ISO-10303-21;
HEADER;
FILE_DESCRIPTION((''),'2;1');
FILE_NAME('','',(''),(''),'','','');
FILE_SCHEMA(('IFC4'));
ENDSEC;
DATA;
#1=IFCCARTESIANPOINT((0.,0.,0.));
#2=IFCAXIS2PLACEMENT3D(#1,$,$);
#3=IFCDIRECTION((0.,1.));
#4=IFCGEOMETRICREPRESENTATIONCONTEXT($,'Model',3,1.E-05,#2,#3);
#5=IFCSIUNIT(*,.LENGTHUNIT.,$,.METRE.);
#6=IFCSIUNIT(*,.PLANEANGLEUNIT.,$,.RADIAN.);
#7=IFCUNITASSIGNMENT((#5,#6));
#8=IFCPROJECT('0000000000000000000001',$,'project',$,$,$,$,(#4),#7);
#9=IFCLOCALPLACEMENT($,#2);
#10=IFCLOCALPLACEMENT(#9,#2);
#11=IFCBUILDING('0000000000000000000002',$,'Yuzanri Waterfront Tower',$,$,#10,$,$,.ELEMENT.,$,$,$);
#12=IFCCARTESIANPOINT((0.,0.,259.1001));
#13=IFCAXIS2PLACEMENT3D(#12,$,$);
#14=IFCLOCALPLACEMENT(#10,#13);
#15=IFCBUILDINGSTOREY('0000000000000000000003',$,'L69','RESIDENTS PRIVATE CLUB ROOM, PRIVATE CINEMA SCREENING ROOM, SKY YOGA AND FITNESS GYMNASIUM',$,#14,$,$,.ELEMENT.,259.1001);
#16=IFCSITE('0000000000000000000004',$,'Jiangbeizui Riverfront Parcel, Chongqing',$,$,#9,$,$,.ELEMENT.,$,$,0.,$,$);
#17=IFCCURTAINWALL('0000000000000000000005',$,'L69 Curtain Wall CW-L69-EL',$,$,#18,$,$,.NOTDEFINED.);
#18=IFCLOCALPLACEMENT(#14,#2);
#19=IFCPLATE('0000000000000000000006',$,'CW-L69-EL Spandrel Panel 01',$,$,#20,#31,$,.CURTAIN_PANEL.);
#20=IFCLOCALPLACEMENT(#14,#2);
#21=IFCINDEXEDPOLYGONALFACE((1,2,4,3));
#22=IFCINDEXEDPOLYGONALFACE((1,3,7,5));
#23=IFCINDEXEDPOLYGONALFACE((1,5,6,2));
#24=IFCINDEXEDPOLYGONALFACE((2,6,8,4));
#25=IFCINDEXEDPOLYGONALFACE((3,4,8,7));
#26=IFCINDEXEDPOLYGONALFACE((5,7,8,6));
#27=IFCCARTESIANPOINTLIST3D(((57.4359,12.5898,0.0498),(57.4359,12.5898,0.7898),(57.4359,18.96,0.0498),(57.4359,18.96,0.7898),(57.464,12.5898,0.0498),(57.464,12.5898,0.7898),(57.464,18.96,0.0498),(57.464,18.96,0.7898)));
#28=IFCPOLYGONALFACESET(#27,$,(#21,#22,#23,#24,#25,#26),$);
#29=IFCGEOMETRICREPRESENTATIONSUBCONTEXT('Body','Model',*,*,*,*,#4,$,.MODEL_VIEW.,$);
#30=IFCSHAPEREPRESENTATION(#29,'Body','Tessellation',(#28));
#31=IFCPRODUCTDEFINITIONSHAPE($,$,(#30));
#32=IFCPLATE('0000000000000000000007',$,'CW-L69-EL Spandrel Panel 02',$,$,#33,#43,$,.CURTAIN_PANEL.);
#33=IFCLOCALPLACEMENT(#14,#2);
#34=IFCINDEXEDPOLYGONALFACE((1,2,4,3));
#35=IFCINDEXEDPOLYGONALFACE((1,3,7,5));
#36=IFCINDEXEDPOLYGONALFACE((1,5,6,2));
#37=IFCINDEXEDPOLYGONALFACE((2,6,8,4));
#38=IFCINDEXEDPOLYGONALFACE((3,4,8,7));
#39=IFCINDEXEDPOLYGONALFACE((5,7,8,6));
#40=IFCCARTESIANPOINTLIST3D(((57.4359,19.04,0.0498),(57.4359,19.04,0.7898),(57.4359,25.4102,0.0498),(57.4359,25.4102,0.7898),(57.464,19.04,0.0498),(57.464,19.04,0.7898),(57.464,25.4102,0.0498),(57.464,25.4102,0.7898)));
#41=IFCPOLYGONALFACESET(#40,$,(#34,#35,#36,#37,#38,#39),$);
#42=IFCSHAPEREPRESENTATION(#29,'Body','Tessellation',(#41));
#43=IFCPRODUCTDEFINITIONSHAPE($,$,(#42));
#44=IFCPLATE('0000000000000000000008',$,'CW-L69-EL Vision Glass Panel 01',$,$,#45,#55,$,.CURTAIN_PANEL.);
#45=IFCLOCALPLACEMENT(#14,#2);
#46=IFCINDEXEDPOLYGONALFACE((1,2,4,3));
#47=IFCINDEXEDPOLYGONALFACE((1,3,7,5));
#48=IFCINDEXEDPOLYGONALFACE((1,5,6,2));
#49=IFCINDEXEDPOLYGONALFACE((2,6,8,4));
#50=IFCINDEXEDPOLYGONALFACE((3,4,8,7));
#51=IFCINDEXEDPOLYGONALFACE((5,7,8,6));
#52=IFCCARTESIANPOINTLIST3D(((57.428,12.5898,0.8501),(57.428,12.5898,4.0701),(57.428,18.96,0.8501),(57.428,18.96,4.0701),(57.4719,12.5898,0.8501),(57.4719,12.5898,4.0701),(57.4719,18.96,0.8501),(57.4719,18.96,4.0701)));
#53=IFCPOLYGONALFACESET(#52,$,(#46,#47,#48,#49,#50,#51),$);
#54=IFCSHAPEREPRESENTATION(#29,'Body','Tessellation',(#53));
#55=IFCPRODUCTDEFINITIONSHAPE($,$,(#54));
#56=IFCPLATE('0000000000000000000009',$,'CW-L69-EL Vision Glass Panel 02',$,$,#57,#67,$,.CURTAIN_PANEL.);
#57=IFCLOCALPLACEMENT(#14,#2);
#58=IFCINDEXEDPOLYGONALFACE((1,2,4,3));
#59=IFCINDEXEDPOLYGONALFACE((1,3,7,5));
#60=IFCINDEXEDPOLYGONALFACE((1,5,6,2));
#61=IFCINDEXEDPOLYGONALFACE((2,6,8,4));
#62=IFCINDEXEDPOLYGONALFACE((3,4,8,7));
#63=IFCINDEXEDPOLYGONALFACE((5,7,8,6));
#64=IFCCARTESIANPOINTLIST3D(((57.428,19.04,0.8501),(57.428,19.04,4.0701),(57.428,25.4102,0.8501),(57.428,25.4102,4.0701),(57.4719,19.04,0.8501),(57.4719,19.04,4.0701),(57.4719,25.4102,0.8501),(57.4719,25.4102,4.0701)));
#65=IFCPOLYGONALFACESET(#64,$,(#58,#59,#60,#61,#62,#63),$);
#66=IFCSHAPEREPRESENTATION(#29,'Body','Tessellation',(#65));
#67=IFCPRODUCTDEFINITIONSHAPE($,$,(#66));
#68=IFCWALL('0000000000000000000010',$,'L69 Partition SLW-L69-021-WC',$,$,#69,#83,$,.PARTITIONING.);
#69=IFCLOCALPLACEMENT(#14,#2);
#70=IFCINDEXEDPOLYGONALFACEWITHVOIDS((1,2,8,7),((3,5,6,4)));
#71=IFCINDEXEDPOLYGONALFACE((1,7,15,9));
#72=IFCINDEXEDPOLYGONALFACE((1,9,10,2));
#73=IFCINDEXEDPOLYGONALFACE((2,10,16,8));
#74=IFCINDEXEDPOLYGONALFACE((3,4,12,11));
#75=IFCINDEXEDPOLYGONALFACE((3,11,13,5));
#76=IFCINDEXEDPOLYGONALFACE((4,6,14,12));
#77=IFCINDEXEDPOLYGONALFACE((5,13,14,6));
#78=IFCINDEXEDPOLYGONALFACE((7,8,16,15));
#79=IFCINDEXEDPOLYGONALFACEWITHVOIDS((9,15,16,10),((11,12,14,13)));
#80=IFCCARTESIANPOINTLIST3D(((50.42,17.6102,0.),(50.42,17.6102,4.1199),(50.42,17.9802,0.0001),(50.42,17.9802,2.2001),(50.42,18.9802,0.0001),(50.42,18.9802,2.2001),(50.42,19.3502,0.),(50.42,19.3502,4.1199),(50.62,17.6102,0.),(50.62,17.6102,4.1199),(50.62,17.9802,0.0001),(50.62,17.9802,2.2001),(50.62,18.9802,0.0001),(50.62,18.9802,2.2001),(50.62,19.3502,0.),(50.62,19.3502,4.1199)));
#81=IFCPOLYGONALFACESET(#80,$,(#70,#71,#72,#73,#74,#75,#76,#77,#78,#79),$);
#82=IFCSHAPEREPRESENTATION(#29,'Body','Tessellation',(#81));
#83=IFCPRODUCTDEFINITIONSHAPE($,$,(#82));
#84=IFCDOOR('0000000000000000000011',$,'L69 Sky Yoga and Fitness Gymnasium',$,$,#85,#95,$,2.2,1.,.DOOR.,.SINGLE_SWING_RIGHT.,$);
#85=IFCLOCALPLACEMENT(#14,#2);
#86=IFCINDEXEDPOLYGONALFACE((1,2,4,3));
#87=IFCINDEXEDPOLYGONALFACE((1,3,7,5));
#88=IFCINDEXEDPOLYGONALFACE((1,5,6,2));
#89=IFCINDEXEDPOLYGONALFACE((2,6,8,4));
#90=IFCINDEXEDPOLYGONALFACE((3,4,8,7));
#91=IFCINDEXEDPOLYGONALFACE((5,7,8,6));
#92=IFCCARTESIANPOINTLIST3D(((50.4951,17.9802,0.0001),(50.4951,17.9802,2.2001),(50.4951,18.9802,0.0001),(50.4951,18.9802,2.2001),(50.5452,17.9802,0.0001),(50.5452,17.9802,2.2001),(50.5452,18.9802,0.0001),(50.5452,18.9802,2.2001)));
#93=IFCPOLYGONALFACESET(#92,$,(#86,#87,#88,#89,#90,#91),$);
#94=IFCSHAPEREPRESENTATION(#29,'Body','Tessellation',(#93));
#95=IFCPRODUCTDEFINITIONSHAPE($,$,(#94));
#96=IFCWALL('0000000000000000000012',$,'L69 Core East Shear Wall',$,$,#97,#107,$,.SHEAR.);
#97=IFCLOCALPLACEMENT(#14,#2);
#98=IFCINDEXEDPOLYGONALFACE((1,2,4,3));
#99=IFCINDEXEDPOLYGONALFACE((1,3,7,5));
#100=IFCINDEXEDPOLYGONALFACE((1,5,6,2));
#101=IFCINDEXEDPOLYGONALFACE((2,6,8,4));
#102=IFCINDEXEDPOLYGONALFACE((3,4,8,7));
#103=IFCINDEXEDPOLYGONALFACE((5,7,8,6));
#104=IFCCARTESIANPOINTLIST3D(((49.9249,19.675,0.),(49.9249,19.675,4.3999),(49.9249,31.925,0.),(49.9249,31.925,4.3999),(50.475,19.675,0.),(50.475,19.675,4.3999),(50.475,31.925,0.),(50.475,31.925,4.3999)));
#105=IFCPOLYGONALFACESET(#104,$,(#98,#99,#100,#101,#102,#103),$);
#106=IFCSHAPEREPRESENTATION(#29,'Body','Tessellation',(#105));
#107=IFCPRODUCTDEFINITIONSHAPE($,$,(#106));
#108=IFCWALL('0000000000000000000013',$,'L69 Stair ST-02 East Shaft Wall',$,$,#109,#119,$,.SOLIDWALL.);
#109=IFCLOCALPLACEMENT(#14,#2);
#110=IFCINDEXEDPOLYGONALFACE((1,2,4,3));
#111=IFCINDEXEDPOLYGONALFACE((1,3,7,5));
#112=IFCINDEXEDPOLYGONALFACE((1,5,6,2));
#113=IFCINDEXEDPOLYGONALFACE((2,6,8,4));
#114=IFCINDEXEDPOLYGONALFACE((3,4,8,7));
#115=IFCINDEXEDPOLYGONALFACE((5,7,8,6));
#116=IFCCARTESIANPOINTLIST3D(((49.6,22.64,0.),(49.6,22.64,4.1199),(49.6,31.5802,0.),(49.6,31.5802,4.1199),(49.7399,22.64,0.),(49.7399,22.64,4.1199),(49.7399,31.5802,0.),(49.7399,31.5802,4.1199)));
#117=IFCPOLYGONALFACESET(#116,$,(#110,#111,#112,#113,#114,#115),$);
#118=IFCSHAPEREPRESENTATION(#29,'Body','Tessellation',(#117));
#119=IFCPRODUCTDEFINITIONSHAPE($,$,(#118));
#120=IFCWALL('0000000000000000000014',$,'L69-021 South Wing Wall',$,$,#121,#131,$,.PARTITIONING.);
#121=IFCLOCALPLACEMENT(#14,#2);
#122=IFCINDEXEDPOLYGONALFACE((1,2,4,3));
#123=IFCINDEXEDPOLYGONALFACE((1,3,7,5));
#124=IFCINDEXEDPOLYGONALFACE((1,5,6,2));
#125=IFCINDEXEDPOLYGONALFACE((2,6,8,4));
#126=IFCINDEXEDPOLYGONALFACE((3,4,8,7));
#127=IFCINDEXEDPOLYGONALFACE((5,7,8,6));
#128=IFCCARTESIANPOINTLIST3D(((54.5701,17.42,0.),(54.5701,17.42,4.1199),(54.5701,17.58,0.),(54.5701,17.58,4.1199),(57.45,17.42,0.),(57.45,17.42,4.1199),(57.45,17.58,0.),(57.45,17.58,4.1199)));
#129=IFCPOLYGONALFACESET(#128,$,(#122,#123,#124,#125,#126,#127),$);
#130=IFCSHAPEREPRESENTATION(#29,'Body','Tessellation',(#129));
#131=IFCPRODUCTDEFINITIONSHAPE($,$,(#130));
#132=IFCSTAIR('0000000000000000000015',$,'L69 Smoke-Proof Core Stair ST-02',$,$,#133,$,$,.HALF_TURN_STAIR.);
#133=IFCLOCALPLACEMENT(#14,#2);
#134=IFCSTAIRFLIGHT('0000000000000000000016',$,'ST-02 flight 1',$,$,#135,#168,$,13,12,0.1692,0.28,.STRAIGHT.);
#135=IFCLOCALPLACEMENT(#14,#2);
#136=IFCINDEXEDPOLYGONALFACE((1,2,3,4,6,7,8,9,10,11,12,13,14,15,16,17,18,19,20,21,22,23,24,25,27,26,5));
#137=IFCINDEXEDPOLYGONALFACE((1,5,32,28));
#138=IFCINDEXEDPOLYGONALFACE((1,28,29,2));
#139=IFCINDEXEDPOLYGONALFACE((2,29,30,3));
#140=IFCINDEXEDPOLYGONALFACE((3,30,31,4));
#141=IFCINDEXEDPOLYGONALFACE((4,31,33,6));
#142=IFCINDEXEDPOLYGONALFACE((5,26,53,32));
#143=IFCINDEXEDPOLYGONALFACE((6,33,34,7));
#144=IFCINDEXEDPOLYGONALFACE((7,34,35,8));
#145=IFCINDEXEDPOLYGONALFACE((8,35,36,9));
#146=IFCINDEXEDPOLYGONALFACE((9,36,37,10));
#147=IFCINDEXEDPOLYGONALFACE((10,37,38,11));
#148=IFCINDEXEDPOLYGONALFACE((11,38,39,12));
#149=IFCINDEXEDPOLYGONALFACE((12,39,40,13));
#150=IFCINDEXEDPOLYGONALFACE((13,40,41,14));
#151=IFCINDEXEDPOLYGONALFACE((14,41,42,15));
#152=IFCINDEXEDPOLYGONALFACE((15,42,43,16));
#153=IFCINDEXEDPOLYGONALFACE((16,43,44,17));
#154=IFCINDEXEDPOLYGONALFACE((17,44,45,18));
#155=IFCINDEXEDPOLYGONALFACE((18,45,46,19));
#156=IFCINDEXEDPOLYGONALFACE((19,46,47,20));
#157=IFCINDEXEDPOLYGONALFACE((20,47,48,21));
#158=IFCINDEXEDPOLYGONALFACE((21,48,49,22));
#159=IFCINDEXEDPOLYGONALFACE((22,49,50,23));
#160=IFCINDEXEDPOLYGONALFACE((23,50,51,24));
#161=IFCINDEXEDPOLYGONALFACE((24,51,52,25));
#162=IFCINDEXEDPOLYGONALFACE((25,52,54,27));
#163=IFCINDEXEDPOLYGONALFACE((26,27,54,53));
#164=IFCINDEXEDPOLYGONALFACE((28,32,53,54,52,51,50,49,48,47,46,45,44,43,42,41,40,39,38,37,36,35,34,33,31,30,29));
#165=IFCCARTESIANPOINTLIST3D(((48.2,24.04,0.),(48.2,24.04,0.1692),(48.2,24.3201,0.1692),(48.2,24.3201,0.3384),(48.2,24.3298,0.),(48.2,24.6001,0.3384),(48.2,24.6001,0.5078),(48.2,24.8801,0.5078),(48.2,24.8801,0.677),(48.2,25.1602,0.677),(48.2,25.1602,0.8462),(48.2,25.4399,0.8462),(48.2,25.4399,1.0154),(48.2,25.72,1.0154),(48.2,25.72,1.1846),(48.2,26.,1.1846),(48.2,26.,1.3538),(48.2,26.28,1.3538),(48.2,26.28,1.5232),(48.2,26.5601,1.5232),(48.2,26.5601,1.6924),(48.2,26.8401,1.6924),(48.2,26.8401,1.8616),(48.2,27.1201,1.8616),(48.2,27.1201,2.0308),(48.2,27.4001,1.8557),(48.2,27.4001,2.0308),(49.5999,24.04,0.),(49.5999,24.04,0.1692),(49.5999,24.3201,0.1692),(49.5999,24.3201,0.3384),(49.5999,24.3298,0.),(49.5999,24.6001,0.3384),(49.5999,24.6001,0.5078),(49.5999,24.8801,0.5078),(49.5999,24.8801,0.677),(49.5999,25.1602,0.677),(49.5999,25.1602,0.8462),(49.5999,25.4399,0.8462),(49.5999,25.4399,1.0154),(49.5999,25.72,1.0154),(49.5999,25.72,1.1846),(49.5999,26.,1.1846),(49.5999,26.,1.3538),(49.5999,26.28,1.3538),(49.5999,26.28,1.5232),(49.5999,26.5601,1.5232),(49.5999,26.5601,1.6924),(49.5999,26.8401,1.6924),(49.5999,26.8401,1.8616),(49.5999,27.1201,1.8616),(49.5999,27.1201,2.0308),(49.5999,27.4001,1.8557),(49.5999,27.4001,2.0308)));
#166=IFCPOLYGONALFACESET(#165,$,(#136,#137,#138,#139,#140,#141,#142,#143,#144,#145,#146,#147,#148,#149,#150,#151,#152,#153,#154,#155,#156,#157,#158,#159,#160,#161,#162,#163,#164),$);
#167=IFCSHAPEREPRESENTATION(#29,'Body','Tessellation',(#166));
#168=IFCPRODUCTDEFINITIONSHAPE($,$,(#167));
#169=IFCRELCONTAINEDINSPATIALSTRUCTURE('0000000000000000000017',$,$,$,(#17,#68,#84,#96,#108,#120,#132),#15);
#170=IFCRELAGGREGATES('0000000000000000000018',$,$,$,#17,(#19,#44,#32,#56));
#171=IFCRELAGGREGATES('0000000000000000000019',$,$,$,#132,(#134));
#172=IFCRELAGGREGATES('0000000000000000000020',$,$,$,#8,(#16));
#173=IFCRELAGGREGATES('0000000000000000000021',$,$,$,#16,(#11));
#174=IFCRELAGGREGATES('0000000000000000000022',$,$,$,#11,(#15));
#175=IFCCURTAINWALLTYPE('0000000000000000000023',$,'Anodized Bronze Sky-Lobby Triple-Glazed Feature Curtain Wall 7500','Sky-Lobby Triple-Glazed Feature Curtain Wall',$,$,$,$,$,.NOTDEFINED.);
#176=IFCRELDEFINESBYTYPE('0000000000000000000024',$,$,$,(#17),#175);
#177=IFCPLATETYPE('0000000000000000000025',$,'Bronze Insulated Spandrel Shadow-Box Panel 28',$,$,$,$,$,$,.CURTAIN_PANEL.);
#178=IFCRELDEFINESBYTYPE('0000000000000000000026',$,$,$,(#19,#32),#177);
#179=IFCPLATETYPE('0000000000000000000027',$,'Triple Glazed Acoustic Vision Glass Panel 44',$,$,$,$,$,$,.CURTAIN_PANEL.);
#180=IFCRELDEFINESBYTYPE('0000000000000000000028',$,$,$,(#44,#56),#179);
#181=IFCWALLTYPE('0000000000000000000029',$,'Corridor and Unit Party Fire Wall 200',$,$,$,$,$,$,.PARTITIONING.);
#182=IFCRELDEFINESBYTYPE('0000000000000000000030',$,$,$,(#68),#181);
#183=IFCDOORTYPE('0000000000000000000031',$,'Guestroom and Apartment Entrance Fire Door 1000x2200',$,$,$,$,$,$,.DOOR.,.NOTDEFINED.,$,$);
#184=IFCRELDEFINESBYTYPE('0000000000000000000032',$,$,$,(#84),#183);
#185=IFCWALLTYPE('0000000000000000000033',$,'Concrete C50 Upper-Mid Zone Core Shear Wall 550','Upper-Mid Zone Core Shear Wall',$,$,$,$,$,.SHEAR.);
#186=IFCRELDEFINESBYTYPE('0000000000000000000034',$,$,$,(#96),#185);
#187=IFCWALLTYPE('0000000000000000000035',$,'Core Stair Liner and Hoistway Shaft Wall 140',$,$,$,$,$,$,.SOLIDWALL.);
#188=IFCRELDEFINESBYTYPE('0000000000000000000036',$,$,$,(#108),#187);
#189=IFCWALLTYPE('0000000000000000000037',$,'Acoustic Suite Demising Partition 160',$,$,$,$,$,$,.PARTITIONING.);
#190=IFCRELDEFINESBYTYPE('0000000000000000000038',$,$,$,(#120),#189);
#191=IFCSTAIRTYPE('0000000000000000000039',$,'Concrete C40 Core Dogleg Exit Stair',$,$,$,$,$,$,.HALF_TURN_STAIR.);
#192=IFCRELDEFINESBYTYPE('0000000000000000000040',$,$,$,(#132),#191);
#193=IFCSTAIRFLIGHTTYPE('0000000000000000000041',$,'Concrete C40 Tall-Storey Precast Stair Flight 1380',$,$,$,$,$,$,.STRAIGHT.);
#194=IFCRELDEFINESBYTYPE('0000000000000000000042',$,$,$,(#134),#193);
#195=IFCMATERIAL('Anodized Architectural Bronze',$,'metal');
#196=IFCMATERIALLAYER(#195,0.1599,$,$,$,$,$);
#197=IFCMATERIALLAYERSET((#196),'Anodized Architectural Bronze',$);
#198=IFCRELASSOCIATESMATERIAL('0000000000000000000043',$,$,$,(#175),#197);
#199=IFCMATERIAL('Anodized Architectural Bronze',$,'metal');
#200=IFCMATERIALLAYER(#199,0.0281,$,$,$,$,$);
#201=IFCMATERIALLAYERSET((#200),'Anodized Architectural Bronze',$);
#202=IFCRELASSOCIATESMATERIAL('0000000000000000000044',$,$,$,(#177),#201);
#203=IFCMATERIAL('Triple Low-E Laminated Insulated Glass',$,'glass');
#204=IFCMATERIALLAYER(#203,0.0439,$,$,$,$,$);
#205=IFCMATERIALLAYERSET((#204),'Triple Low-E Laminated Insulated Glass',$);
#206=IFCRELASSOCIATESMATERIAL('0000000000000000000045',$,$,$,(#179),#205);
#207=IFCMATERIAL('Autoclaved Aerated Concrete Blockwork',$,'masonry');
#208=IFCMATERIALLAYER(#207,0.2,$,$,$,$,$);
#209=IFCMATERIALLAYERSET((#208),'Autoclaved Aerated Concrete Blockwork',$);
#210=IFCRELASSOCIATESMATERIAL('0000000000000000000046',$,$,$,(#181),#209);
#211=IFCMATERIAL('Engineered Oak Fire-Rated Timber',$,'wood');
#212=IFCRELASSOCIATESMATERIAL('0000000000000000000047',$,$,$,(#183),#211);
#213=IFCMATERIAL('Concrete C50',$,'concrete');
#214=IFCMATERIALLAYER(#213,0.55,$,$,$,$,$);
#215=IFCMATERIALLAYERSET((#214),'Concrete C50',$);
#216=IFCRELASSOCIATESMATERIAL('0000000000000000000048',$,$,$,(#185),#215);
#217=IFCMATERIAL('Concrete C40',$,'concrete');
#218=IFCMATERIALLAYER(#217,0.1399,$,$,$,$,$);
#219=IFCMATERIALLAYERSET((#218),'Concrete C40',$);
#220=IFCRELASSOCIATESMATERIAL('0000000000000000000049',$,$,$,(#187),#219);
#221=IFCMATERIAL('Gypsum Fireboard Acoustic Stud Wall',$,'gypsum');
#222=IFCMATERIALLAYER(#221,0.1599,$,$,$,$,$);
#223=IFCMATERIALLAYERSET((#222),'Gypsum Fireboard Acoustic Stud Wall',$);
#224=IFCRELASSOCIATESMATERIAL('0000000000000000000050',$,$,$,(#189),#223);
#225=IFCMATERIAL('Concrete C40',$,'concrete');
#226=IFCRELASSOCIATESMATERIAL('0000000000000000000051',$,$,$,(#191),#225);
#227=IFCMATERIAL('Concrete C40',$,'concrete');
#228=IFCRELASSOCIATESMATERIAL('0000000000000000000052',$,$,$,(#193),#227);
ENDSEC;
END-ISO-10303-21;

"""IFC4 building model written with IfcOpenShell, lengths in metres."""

from ifc_helpers import new_model, si_unit, direction, frame, frame_2d, origin, origin_2d, place, context, subcontext, project, spatial, polyline, rectangle, outline, extrude, source, transform, mapped, material, layer, layer_set, type_object, element, fill, aggregate, save


model = new_model("IFC4")

# Units and contexts
model_context = context("Model", 3, precision=1e-05, world=origin(), true_north=direction((0.0, 1.0)))
body_context = subcontext(model_context, "Body", "Model", "MODEL_VIEW")
ifc_project = project(units=[si_unit("LENGTHUNIT", "METRE"), si_unit("PLANEANGLEUNIT", "RADIAN")], contexts=[model_context])

# Site, building, storey
site_placement = place(None, origin())
site = spatial("IfcSite", under=ifc_project, at=site_placement, Name="Jiangbeizui Riverfront Parcel, Chongqing", CompositionType="ELEMENT", RefElevation=0.0)
building_placement = place(site_placement, origin())
building = spatial("IfcBuilding", under=site, at=building_placement, Name="Yuzanri Waterfront Tower", CompositionType="ELEMENT")
storey_placement = place(building_placement, frame((0.0, 0.0, 259.1001)))
storey = spatial("IfcBuildingStorey", under=building, at=storey_placement, Name="L69", Description="RESIDENTS PRIVATE CLUB ROOM, PRIVATE CINEMA SCREENING ROOM, SKY YOGA AND FITNESS GYMNASIUM", CompositionType="ELEMENT", Elevation=259.1001)

# Curtain wall, plates
ifc_material_1 = material(Name="Anodized Architectural Bronze", Category="metal")
ifc_layer_1 = layer(ifc_material_1, 0.1599)
ifc_layer_set_1 = layer_set([ifc_layer_1], Name="Anodized Architectural Bronze")
curtain_wall_type = type_object("IfcCurtainWallType", Name="Anodized Bronze Sky-Lobby Triple-Glazed Feature Curtain Wall 7500", Description="Sky-Lobby Triple-Glazed Feature Curtain Wall", PredefinedType="NOTDEFINED", material=ifc_layer_set_1)
curtain_wall_placement = place(storey_placement, origin())
curtain_wall = element("IfcCurtainWall", 1, at=curtain_wall_placement, inside=storey, type_object=curtain_wall_type, Name="L69 Curtain Wall CW-L69-EL", PredefinedType="NOTDEFINED")
ifc_material_2 = material(Name="Anodized Architectural Bronze", Category="metal")
ifc_layer_2 = layer(ifc_material_2, 0.0281)
ifc_layer_set_2 = layer_set([ifc_layer_2], Name="Anodized Architectural Bronze")
plate_type_1 = type_object("IfcPlateType", Name="Bronze Insulated Spandrel Shadow-Box Panel 28", PredefinedType="CURTAIN_PANEL", material=ifc_layer_set_2)
shared_shape_1 = source(origin(), body_context, "Body", "SweptSolid", [
    extrude(rectangle(XDim=6.3701, YDim=0.0281, at=origin_2d()), origin(), (0.0, 0.0, 1.0), 0.74),
])
plate_1_placement = place(storey_placement, frame((57.45, 15.7749, 0.0498), z_axis=(0.0, 0.0, 1.0), x_axis=(0.0, 1.0, 0.0)))
plate_1 = element("IfcPlate", 2, at=plate_1_placement, type_object=plate_type_1, Name="CW-L69-EL Spandrel Panel 01", PredefinedType="CURTAIN_PANEL", context=body_context, shape_type="MappedRepresentation", body=[
    mapped(shared_shape_1, transform((0.0, 0.0, 0.0), scale=1.0)),
])
plate_2_placement = place(storey_placement, frame((57.45, 22.2251, 0.0498), z_axis=(0.0, 0.0, 1.0), x_axis=(0.0, 1.0, 0.0)))
plate_2 = element("IfcPlate", 3, at=plate_2_placement, type_object=plate_type_1, Name="CW-L69-EL Spandrel Panel 02", PredefinedType="CURTAIN_PANEL", context=body_context, shape_type="MappedRepresentation", body=[
    mapped(shared_shape_1, transform((0.0, 0.0, 0.0), scale=1.0)),
])
ifc_material_3 = material(Name="Triple Low-E Laminated Insulated Glass", Category="glass")
ifc_layer_3 = layer(ifc_material_3, 0.0439)
ifc_layer_set_3 = layer_set([ifc_layer_3], Name="Triple Low-E Laminated Insulated Glass")
plate_type_2 = type_object("IfcPlateType", Name="Triple Glazed Acoustic Vision Glass Panel 44", PredefinedType="CURTAIN_PANEL", material=ifc_layer_set_3)
shared_shape_2 = source(origin(), body_context, "Body", "SweptSolid", [
    extrude(rectangle(XDim=6.3701, YDim=0.0439, at=origin_2d()), origin(), (0.0, 0.0, 1.0), 3.22),
])
plate_3_placement = place(storey_placement, frame((57.45, 15.7749, 0.8501), z_axis=(0.0, 0.0, 1.0), x_axis=(0.0, 1.0, 0.0)))
plate_3 = element("IfcPlate", 4, at=plate_3_placement, type_object=plate_type_2, Name="CW-L69-EL Vision Glass Panel 01", PredefinedType="CURTAIN_PANEL", context=body_context, shape_type="MappedRepresentation", body=[
    mapped(shared_shape_2, transform((0.0, 0.0, 0.0), scale=1.0)),
])
plate_4_placement = place(storey_placement, frame((57.45, 22.2251, 0.8501), z_axis=(0.0, 0.0, 1.0), x_axis=(0.0, 1.0, 0.0)))
plate_4 = element("IfcPlate", 5, at=plate_4_placement, type_object=plate_type_2, Name="CW-L69-EL Vision Glass Panel 02", PredefinedType="CURTAIN_PANEL", context=body_context, shape_type="MappedRepresentation", body=[
    mapped(shared_shape_2, transform((0.0, 0.0, 0.0), scale=1.0)),
])
aggregate(curtain_wall, [plate_1, plate_3, plate_2, plate_4])

# Wall, opening, door
ifc_material_4 = material(Name="Autoclaved Aerated Concrete Blockwork", Category="masonry")
ifc_layer_4 = layer(ifc_material_4, 0.2)
ifc_layer_set_4 = layer_set([ifc_layer_4], Name="Autoclaved Aerated Concrete Blockwork")
wall_type_1 = type_object("IfcWallType", Name="Corridor and Unit Party Fire Wall 200", PredefinedType="PARTITIONING", material=ifc_layer_set_4)
wall_1_placement = place(storey_placement, frame((50.52, 17.6101, 0.0), z_axis=(0.0, 0.0, 1.0), x_axis=(0.0, 1.0, 0.0)))
wall_1 = element("IfcWall", 6, at=wall_1_placement, inside=storey, type_object=wall_type_1, Name="L69 Partition SLW-L69-021-WC", PredefinedType="PARTITIONING", context=body_context, shape_type="SweptSolid", body=[
    extrude(rectangle(XDim=1.74, YDim=0.2, at=frame_2d((0.8701, 0.0))), origin(), (0.0, 0.0, 1.0), 4.1199),
])
opening_placement = place(wall_1_placement, frame((0.3701, 0.0, 0.0)))
opening = element("IfcOpeningElement", 7, at=opening_placement, cuts=wall_1, PredefinedType="OPENING", context=body_context, shape_type="SweptSolid", body=[
    extrude(rectangle(XDim=1.0, YDim=2.2, at=frame_2d((0.5, 1.1001))), frame((0.0, 0.1147, 0.0), z_axis=(0.0, -1.0, 0.0), x_axis=(1.0, 0.0, 0.0)), (0.0, 0.0, 1.0), 0.2297),
])
ifc_material_5 = material(Name="Engineered Oak Fire-Rated Timber", Category="wood")
door_type = type_object("IfcDoorType", Name="Guestroom and Apartment Entrance Fire Door 1000x2200", OperationType="NOTDEFINED", PredefinedType="DOOR", material=ifc_material_5)
shared_shape_3 = source(origin(), body_context, "Body", "SweptSolid", [
    extrude(rectangle(XDim=1.0, YDim=2.2, at=frame_2d((0.5, 1.1001))), frame((0.0, 0.0249, 0.0), z_axis=(0.0, -1.0, 0.0), x_axis=(1.0, 0.0, 0.0)), (0.0, 0.0, 1.0), 0.05),
])
door_placement = place(opening_placement, origin())
door = element("IfcDoor", 8, at=door_placement, inside=storey, type_object=door_type, Name="L69 Sky Yoga and Fitness Gymnasium", OperationType="SINGLE_SWING_RIGHT", OverallHeight=2.2, OverallWidth=1.0, PredefinedType="DOOR", context=body_context, shape_type="MappedRepresentation", body=[
    mapped(shared_shape_3, transform((0.0, 0.0, 0.0), scale=1.0)),
])
fill(opening, door)

# Walls
ifc_material_6 = material(Name="Concrete C50", Category="concrete")
ifc_layer_5 = layer(ifc_material_6, 0.55)
ifc_layer_set_5 = layer_set([ifc_layer_5], Name="Concrete C50")
wall_type_2 = type_object("IfcWallType", Name="Concrete C50 Upper-Mid Zone Core Shear Wall 550", Description="Upper-Mid Zone Core Shear Wall", PredefinedType="SHEAR", material=ifc_layer_set_5)
shared_shape_4 = source(origin(), body_context, "Body", "SweptSolid", [
    extrude(rectangle(XDim=12.25, YDim=0.55, at=frame_2d((6.125, 0.0))), origin(), (0.0, 0.0, 1.0), 4.3999),
])
wall_2_placement = place(storey_placement, frame((50.2, 19.675, 0.0), z_axis=(0.0, 0.0, 1.0), x_axis=(0.0, 1.0, 0.0)))
element("IfcWall", 9, at=wall_2_placement, inside=storey, type_object=wall_type_2, Name="L69 Core East Shear Wall", PredefinedType="SHEAR", context=body_context, shape_type="MappedRepresentation", body=[
    mapped(shared_shape_4, transform((0.0, 0.0, 0.0), scale=1.0)),
])
ifc_material_7 = material(Name="Concrete C40", Category="concrete")
ifc_layer_6 = layer(ifc_material_7, 0.1399)
ifc_layer_set_6 = layer_set([ifc_layer_6], Name="Concrete C40")
wall_type_3 = type_object("IfcWallType", Name="Core Stair Liner and Hoistway Shaft Wall 140", PredefinedType="SOLIDWALL", material=ifc_layer_set_6)
shared_shape_5 = source(origin(), body_context, "Body", "SweptSolid", [
    extrude(rectangle(XDim=8.9402, YDim=0.1399, at=frame_2d((4.4702, 0.0))), origin(), (0.0, 0.0, 1.0), 4.1199),
])
wall_3_placement = place(storey_placement, frame((49.6699, 22.6399, 0.0), z_axis=(0.0, 0.0, 1.0), x_axis=(0.0, 1.0, 0.0)))
element("IfcWall", 10, at=wall_3_placement, inside=storey, type_object=wall_type_3, Name="L69 Stair ST-02 East Shaft Wall", PredefinedType="SOLIDWALL", context=body_context, shape_type="MappedRepresentation", body=[
    mapped(shared_shape_5, transform((0.0, 0.0, 0.0), scale=1.0)),
])
ifc_material_8 = material(Name="Gypsum Fireboard Acoustic Stud Wall", Category="gypsum")
ifc_layer_7 = layer(ifc_material_8, 0.1599)
ifc_layer_set_7 = layer_set([ifc_layer_7], Name="Gypsum Fireboard Acoustic Stud Wall")
wall_type_4 = type_object("IfcWallType", Name="Acoustic Suite Demising Partition 160", PredefinedType="PARTITIONING", material=ifc_layer_set_7)
shared_shape_6 = source(origin(), body_context, "Body", "SweptSolid", [
    extrude(rectangle(XDim=2.8799, YDim=0.1599, at=frame_2d((1.4399, 0.0))), origin(), (0.0, 0.0, 1.0), 4.1199),
])
wall_4_placement = place(storey_placement, frame((54.5701, 17.5, 0.0), z_axis=(0.0, 0.0, 1.0), x_axis=(1.0, 0.0, 0.0)))
element("IfcWall", 11, at=wall_4_placement, inside=storey, type_object=wall_type_4, Name="L69-021 South Wing Wall", PredefinedType="PARTITIONING", context=body_context, shape_type="MappedRepresentation", body=[
    mapped(shared_shape_6, transform((0.0, 0.0, 0.0), scale=1.0)),
])

# Stair, stair flight
ifc_material_9 = material(Name="Concrete C40", Category="concrete")
stair_type = type_object("IfcStairType", Name="Concrete C40 Core Dogleg Exit Stair", PredefinedType="HALF_TURN_STAIR", material=ifc_material_9)
stair_placement = place(storey_placement, origin())
stair = element("IfcStair", 12, at=stair_placement, inside=storey, type_object=stair_type, Name="L69 Smoke-Proof Core Stair ST-02", PredefinedType="HALF_TURN_STAIR")
ifc_material_10 = material(Name="Concrete C40", Category="concrete")
stair_flight_type = type_object("IfcStairFlightType", Name="Concrete C40 Tall-Storey Precast Stair Flight 1380", PredefinedType="STRAIGHT", material=ifc_material_10)
shared_shape_7 = source(origin(), body_context, "Body", "SweptSolid", [
    extrude(outline(polyline([(0.0, 0.0), (0.0, 0.1692), (0.28, 0.1692), (0.28, 0.3384), (0.5601, 0.3384), (0.5601, 0.5078), (0.8401, 0.5078), (0.8401, 0.677), (1.1201, 0.677), (1.1201, 0.8462), (1.3999, 0.8462), (1.3999, 1.0154), (1.6799, 1.0154), (1.6799, 1.1846), (1.96, 1.1846), (1.96, 1.3538), (2.24, 1.3538), (2.24, 1.5232), (2.52, 1.5232), (2.52, 1.6924), (2.8, 1.6924), (2.8, 1.8616), (3.0801, 1.8616), (3.0801, 2.0308), (3.3601, 2.0308), (3.3601, 2.2), (3.3601, 1.8557), (0.2898, 0.0), (0.0, 0.0)])), frame((0.0, 0.7, 0.0), z_axis=(0.0, -1.0, 0.0), x_axis=(1.0, 0.0, 0.0)), (0.0, 0.0, 1.0), 1.3999),
])
stair_flight_placement = place(storey_placement, frame((48.8999, 24.04, 0.0), z_axis=(0.0, 0.0, 1.0), x_axis=(0.0, 1.0, 0.0)))
stair_flight = element("IfcStairFlight", 13, at=stair_flight_placement, type_object=stair_flight_type, Name="ST-02 flight 1", NumberOfRisers=13, NumberOfTreads=12, PredefinedType="STRAIGHT", RiserHeight=0.1692, TreadLength=0.28, context=body_context, shape_type="MappedRepresentation", body=[
    mapped(shared_shape_7, transform((0.0, 0.0, 0.0), scale=1.0)),
])
aggregate(stair, [stair_flight])

save(model, "model.ifc")
